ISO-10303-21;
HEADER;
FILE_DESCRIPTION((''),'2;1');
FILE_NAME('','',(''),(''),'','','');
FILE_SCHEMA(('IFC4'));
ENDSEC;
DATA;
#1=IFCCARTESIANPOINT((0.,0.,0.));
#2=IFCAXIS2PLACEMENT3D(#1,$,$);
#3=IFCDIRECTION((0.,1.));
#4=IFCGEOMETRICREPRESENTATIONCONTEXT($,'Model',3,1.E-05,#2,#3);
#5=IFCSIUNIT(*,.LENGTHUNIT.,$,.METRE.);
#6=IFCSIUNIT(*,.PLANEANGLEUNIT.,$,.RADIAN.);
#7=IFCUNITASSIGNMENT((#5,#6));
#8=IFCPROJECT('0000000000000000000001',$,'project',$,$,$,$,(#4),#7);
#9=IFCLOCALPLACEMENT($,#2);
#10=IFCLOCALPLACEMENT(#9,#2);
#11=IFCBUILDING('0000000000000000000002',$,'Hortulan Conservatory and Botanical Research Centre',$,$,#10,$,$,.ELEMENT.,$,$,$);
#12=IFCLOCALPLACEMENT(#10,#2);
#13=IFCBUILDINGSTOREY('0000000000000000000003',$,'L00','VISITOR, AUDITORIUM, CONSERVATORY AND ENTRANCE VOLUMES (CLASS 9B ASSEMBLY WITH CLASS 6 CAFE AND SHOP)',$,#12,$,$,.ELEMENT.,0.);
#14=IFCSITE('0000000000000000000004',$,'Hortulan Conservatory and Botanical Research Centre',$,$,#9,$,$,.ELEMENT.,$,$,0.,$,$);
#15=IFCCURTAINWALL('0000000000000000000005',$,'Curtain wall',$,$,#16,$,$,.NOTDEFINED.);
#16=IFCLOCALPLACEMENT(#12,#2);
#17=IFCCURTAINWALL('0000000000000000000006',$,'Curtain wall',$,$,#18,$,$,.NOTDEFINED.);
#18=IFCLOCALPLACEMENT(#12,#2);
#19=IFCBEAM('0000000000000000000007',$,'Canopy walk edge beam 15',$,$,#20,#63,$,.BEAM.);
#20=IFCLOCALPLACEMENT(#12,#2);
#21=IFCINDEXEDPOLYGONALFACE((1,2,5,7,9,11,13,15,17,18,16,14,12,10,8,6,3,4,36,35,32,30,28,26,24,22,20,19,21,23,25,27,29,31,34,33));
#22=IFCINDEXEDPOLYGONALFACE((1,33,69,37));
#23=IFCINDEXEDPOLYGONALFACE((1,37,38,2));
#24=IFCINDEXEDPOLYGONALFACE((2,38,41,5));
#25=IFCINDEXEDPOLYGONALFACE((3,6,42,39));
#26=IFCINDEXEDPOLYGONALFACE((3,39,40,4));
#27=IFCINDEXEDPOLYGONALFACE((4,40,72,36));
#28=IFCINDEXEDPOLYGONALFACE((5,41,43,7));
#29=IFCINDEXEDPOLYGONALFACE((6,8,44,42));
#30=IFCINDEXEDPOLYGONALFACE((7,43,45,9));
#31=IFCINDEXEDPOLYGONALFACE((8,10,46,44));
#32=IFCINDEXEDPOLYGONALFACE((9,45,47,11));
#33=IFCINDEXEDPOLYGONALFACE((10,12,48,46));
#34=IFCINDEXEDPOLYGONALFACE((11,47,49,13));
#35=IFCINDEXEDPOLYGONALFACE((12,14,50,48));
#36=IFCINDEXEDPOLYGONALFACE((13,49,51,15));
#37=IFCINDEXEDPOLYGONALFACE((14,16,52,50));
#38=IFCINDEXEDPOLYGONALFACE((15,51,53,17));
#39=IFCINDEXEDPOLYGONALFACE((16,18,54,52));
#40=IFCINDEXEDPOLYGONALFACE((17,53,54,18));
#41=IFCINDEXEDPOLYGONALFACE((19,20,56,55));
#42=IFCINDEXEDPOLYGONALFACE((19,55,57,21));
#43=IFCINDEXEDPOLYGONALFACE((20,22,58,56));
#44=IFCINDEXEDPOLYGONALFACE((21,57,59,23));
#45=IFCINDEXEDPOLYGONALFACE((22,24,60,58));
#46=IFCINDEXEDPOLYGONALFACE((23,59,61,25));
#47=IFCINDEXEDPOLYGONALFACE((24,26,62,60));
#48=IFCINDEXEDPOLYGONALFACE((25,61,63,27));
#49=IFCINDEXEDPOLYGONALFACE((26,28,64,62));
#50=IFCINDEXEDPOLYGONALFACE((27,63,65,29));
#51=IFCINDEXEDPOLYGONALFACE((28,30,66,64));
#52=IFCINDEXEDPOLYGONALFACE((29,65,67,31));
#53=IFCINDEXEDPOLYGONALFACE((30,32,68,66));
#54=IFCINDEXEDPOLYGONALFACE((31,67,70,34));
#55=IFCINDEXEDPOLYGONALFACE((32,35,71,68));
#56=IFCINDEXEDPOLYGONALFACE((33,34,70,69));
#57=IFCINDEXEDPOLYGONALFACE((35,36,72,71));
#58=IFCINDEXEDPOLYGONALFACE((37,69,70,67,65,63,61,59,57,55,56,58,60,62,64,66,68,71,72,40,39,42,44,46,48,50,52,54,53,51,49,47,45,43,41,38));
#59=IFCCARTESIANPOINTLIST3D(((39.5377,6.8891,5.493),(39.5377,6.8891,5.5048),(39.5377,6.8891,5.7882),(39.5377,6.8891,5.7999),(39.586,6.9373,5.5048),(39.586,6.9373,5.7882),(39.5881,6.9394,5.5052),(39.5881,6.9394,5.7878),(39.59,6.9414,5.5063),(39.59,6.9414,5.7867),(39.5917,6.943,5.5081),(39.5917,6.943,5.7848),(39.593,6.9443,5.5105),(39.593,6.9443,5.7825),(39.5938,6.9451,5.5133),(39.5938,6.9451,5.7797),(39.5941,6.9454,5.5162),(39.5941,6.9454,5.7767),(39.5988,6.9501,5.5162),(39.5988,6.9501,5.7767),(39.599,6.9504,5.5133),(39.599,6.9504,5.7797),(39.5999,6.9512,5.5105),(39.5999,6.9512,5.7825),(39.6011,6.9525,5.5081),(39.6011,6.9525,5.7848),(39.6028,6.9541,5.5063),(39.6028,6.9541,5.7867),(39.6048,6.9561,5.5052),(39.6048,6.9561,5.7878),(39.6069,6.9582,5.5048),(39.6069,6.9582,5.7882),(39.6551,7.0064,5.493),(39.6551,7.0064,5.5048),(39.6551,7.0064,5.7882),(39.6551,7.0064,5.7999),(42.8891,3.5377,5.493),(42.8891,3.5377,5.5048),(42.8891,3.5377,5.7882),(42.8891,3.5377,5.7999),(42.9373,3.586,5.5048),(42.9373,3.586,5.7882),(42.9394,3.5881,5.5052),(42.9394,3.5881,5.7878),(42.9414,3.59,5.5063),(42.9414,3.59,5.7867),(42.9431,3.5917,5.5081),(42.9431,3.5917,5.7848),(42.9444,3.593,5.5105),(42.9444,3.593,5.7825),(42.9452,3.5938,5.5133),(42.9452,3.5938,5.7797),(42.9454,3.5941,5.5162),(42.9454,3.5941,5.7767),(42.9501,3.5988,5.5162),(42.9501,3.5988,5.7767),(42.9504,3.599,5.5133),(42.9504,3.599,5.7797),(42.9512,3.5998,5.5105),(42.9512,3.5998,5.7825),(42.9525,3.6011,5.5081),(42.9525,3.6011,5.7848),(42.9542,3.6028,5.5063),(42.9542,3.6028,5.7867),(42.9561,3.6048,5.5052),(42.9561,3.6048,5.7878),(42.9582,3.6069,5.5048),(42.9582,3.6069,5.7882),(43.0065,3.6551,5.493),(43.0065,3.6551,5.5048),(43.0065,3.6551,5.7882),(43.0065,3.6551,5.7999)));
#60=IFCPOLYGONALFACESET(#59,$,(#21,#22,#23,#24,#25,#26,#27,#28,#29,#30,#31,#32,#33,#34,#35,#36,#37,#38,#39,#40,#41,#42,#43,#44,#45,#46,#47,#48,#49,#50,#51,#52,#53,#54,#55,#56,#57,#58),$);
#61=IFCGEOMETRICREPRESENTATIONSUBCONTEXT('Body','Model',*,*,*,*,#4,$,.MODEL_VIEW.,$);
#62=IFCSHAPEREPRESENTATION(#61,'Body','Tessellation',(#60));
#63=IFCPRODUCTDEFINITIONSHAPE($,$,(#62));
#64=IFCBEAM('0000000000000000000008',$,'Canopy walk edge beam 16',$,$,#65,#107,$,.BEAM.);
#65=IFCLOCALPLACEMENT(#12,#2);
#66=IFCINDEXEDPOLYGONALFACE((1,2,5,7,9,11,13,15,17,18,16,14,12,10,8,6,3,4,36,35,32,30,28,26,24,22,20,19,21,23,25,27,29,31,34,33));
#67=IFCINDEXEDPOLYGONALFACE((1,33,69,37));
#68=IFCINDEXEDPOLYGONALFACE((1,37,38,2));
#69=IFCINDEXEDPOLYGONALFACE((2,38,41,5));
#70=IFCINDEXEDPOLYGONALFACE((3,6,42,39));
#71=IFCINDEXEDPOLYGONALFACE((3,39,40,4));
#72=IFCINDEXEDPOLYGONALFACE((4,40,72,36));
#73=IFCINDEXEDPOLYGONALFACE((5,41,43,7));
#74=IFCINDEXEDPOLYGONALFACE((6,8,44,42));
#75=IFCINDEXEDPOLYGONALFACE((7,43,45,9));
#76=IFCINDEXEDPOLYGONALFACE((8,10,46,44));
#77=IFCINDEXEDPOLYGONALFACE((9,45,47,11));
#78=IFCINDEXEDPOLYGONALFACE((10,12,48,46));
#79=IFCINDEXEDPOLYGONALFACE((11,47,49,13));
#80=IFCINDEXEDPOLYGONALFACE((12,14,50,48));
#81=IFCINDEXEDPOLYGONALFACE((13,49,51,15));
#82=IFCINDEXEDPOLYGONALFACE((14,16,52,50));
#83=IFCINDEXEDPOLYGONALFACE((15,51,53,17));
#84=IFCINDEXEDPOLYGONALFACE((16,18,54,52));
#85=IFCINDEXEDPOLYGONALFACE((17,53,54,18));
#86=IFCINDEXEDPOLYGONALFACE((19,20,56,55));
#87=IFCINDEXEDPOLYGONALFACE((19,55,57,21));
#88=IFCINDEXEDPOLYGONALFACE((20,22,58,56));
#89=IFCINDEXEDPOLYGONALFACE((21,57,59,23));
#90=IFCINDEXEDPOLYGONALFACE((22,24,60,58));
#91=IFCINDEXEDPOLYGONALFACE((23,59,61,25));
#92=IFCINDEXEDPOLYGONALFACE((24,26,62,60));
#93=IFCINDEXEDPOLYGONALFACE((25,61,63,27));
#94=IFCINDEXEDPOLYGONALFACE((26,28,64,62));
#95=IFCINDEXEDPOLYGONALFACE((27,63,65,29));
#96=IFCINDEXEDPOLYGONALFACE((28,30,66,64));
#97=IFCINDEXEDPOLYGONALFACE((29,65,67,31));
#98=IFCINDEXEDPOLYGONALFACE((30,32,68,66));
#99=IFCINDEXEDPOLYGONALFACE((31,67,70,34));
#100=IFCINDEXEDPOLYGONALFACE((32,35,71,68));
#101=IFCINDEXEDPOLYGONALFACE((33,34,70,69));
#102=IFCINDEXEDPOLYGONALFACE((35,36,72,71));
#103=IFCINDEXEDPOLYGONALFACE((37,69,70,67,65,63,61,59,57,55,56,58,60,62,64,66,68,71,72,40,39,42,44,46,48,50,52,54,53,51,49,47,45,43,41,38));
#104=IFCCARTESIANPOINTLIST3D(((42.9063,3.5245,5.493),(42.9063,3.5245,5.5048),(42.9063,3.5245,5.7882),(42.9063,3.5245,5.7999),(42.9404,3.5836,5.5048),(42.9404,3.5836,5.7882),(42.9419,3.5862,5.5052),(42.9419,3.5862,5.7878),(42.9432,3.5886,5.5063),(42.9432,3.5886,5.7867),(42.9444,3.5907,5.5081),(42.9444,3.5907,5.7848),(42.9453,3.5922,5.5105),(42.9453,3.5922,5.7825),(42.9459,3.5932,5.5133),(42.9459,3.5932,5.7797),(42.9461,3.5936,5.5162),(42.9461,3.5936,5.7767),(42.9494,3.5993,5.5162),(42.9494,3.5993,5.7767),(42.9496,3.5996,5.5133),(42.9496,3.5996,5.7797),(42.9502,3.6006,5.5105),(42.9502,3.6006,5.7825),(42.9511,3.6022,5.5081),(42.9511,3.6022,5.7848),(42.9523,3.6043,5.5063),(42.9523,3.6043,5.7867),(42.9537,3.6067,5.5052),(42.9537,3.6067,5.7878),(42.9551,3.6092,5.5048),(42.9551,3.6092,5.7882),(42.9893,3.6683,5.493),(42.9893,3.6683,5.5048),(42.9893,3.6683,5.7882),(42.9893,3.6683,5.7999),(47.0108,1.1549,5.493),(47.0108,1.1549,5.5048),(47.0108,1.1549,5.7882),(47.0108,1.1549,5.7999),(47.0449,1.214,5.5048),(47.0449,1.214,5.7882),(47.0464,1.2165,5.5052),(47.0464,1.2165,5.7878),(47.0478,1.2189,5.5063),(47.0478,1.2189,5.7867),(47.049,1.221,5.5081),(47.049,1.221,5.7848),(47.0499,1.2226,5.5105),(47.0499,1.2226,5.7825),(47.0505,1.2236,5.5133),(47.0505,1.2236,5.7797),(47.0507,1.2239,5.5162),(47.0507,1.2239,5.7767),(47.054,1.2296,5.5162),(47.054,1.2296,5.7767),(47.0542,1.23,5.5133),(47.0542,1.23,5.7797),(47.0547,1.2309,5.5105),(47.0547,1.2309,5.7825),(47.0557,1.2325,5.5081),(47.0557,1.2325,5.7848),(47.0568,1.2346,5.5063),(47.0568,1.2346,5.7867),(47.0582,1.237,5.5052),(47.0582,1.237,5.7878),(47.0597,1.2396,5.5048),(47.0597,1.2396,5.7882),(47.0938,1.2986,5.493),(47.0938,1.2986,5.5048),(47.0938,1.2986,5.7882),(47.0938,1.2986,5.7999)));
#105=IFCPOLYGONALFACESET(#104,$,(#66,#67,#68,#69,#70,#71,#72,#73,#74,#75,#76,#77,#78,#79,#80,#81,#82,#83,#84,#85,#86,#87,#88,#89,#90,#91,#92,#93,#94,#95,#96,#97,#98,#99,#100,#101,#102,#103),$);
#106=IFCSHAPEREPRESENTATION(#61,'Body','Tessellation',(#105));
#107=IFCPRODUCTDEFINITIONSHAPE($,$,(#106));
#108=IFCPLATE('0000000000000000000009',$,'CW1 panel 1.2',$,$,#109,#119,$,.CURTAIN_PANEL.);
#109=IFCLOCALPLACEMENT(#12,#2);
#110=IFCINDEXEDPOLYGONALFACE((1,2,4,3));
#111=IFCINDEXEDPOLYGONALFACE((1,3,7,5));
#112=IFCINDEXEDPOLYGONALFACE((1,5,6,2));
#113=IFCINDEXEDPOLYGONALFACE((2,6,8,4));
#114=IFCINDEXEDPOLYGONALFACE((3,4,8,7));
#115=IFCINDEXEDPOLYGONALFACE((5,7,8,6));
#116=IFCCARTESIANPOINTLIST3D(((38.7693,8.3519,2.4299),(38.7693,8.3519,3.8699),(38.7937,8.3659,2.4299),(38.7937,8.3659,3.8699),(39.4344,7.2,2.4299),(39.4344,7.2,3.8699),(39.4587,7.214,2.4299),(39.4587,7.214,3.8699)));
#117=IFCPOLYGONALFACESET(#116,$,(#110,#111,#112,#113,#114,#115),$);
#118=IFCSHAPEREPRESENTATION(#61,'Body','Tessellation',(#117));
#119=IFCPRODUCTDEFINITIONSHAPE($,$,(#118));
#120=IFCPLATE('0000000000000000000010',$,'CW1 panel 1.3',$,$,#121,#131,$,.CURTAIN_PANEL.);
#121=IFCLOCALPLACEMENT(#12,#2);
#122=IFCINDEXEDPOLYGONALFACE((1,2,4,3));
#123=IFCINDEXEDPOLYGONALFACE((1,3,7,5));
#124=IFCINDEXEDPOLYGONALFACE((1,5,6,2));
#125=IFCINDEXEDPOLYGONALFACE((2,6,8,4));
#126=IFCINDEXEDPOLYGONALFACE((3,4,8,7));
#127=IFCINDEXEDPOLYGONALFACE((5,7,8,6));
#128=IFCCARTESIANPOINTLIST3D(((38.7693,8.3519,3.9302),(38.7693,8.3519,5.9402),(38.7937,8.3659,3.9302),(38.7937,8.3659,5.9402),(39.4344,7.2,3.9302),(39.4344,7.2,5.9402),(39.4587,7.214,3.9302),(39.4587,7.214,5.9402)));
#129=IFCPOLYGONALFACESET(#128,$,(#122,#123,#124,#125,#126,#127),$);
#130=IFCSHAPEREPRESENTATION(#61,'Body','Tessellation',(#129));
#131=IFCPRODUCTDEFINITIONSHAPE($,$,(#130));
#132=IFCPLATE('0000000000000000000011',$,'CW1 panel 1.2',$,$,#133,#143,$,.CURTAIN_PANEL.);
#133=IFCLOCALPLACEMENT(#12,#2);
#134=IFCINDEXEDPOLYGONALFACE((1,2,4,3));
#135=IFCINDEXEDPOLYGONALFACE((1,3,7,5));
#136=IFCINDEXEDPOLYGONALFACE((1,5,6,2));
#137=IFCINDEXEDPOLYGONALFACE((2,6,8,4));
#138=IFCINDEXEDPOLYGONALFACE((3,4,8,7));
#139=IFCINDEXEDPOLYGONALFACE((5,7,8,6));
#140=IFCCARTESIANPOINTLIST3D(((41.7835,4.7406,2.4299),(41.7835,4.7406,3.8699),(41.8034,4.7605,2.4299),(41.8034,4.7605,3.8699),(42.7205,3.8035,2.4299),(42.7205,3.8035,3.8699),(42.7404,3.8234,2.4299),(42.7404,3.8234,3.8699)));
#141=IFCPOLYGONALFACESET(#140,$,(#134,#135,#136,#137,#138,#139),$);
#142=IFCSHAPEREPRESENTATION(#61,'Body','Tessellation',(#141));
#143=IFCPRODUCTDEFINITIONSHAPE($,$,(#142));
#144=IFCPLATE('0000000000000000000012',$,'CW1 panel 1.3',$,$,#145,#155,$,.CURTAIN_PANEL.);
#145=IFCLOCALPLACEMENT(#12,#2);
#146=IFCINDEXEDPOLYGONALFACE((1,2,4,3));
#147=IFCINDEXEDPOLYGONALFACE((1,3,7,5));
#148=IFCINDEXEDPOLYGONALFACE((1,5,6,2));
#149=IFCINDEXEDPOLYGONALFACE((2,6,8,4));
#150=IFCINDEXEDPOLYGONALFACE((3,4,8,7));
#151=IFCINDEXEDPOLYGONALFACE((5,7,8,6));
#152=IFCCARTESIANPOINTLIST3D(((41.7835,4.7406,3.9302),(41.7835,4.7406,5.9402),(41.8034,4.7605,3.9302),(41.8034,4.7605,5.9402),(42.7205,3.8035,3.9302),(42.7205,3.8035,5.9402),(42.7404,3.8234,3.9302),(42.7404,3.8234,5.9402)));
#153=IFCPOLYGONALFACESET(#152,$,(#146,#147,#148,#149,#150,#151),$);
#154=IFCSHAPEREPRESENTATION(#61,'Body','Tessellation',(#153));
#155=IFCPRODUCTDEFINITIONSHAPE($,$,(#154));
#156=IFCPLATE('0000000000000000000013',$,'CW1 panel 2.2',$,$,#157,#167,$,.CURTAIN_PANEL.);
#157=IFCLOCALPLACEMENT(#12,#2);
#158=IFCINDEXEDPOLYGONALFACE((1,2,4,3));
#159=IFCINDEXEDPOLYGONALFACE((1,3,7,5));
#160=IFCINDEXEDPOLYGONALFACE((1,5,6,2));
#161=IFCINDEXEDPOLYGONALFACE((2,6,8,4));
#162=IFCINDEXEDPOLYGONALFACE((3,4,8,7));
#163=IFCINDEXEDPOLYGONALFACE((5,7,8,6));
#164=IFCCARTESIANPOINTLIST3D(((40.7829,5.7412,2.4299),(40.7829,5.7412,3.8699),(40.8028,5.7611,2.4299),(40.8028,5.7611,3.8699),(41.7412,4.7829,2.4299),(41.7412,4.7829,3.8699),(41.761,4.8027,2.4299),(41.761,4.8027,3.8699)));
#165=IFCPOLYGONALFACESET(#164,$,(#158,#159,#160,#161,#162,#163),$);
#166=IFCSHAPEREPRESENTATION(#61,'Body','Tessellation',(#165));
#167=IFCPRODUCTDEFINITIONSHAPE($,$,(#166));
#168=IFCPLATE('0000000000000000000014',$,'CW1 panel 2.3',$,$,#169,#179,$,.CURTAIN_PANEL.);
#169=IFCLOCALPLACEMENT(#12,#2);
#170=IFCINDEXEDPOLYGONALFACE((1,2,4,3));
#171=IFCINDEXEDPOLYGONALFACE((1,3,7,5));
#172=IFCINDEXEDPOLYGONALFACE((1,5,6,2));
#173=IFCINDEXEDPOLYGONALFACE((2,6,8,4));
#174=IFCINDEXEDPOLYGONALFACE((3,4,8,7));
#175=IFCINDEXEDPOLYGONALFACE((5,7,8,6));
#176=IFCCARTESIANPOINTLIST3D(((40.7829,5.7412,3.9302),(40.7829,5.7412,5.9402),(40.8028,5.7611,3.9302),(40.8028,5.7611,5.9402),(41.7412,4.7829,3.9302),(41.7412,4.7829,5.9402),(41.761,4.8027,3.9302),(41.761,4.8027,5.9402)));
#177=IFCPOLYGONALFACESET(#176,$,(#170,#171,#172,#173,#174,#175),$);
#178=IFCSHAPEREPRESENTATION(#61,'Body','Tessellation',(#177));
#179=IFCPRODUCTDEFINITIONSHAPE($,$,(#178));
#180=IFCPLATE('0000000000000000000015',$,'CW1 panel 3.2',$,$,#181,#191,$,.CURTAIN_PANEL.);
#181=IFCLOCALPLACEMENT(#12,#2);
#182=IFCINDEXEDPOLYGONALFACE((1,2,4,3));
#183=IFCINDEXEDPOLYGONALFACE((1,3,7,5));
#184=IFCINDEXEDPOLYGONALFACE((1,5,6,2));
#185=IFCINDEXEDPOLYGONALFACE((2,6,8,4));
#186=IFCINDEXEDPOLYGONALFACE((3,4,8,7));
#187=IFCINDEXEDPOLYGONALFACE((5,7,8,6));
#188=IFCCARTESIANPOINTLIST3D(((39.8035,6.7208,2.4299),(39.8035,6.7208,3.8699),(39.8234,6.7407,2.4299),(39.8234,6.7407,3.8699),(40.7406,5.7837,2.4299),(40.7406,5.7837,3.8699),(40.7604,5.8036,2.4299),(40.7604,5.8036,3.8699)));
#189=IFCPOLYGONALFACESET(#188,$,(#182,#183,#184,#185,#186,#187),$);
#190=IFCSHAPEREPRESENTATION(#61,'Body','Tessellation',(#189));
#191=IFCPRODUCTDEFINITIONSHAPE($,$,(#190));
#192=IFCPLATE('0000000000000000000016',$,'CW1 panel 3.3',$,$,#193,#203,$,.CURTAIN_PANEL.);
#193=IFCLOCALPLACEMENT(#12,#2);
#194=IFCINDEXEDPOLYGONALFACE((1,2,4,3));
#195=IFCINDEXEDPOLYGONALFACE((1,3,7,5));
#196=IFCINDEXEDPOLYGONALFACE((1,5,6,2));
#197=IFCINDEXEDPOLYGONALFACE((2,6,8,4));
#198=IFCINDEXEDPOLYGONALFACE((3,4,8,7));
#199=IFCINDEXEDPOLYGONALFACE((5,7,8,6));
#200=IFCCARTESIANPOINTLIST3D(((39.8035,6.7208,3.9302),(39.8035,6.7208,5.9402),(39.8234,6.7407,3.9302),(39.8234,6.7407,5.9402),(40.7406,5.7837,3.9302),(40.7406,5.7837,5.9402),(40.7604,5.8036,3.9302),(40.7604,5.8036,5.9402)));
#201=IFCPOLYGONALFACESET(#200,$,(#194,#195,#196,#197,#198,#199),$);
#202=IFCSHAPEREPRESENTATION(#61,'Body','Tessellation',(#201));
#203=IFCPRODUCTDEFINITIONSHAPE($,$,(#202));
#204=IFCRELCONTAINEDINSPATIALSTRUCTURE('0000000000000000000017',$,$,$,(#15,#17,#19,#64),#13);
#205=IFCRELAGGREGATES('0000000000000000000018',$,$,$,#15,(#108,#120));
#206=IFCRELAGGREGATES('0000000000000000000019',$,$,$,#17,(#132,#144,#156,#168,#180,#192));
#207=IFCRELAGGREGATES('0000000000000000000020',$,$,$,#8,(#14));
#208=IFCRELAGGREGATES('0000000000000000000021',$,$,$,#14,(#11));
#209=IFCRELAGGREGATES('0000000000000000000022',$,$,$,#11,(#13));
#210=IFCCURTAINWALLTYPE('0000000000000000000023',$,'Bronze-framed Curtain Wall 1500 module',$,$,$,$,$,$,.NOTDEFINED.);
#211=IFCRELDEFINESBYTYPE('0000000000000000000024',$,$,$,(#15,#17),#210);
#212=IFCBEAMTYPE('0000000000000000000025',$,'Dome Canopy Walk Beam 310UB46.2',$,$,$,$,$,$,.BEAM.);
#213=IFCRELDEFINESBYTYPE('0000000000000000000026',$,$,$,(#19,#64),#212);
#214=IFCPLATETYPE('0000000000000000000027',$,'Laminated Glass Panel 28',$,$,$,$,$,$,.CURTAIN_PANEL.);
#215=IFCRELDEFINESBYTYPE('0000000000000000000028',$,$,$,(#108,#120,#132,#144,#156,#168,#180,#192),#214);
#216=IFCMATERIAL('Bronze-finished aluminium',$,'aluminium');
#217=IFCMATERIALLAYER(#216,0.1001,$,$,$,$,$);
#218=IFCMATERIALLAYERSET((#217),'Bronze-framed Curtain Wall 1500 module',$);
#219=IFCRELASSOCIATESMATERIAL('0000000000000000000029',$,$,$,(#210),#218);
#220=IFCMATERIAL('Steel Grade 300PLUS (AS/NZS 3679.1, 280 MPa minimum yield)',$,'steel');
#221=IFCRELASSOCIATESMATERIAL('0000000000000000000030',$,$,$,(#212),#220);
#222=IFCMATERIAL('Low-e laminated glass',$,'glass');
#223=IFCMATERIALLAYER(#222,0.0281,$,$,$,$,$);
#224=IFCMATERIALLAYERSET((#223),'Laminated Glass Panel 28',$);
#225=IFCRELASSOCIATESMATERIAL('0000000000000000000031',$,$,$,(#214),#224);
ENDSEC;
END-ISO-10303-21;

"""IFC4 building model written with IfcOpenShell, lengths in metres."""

from ifc_helpers import new_model, si_unit, direction, frame, origin, origin_2d, place, context, subcontext, project, spatial, rectangle, i_section, extrude, material, layer, layer_set, material_profile, profile_set, type_object, element, aggregate, save


model = new_model("IFC4")

# Units and contexts
model_context = context("Model", 3, precision=1e-05, world=origin(), true_north=direction((0.0, 1.0)))
body_context = subcontext(model_context, "Body", "Model", "MODEL_VIEW")
ifc_project = project(units=[si_unit("LENGTHUNIT", "METRE"), si_unit("PLANEANGLEUNIT", "RADIAN")], contexts=[model_context])

# Site, building, storey
site_placement = place(None, origin())
site = spatial("IfcSite", under=ifc_project, at=site_placement, Name="Hortulan Conservatory and Botanical Research Centre", CompositionType="ELEMENT", RefElevation=0.0)
building_placement = place(site_placement, origin())
building = spatial("IfcBuilding", under=site, at=building_placement, Name="Hortulan Conservatory and Botanical Research Centre", CompositionType="ELEMENT")
storey_placement = place(building_placement, origin())
storey = spatial("IfcBuildingStorey", under=building, at=storey_placement, Name="L00", Description="VISITOR, AUDITORIUM, CONSERVATORY AND ENTRANCE VOLUMES (CLASS 9B ASSEMBLY WITH CLASS 6 CAFE AND SHOP)", CompositionType="ELEMENT", Elevation=0.0)

# Curtain walls
ifc_material_1 = material(Name="Bronze-finished aluminium", Category="aluminium")
ifc_layer_1 = layer(ifc_material_1, 0.1001)
ifc_layer_set_1 = layer_set([ifc_layer_1], Name="Bronze-framed Curtain Wall 1500 module")
curtain_wall_type = type_object("IfcCurtainWallType", Name="Bronze-framed Curtain Wall 1500 module", PredefinedType="NOTDEFINED", material=ifc_layer_set_1)
curtain_wall_1_placement = place(storey_placement, origin())
curtain_wall_1 = element("IfcCurtainWall", 1, at=curtain_wall_1_placement, inside=storey, type_object=curtain_wall_type, Name="Curtain wall", PredefinedType="NOTDEFINED")
curtain_wall_2_placement = place(storey_placement, origin())
curtain_wall_2 = element("IfcCurtainWall", 2, at=curtain_wall_2_placement, inside=storey, type_object=curtain_wall_type, Name="Curtain wall", PredefinedType="NOTDEFINED")

# Beams
ifc_material_2 = material(Name="Steel Grade 300PLUS (AS/NZS 3679.1, 280 MPa minimum yield)", Category="steel")
ifc_material_profile_1 = material_profile(ifc_material_2, i_section(OverallWidth=0.166, OverallDepth=0.3069, WebThickness=0.0066, FlangeThickness=0.0117, FilletRadius=0.0115, at=origin_2d()), Name="310UB46.2")
ifc_profile_set_1 = profile_set([ifc_material_profile_1], Name="Steel Grade 300PLUS (AS/NZS 3679.1, 280 MPa minimum yield)")
beam_type = type_object("IfcBeamType", Name="Dome Canopy Walk Beam 310UB46.2", PredefinedType="BEAM", material=ifc_profile_set_1)
for number, where, z_axis, x_axis, name in (
    (3, (39.5964, 6.9478, 5.6465), (0.707107, -0.707107, 0.0), (0.707107, 0.707107, 0.0), "Canopy walk edge beam 15"),
    (4, (42.9478, 3.5964, 5.6465), (0.866035, -0.499984, 0.0), (0.499984, 0.866035, 0.0), "Canopy walk edge beam 16"),
):
    element("IfcBeam", number, at=place(storey_placement, frame(where, z_axis=z_axis, x_axis=x_axis)), inside=storey, type_object=beam_type, Name=name, PredefinedType="BEAM", context=body_context, shape_type="SweptSolid", body=[
        extrude(i_section(OverallWidth=0.166, OverallDepth=0.3069, WebThickness=0.0066, FlangeThickness=0.0117, FilletRadius=0.0115, at=origin_2d()), origin(), (0.0, 0.0, 1.0), 4.7395),
    ])

# Plates
ifc_material_3 = material(Name="Low-e laminated glass", Category="glass")
ifc_layer_2 = layer(ifc_material_3, 0.0281)
ifc_layer_set_2 = layer_set([ifc_layer_2], Name="Laminated Glass Panel 28")
plate_type = type_object("IfcPlateType", Name="Laminated Glass Panel 28", PredefinedType="CURTAIN_PANEL", material=ifc_layer_set_2)
plate_1_placement = place(storey_placement, frame((39.114, 7.783, 2.4299), z_axis=(0.0, 0.0, 1.0), x_axis=(-0.499981, 0.866036, 0.0)))
plate_1 = element("IfcPlate", 5, at=plate_1_placement, type_object=plate_type, Name="CW1 panel 1.2", PredefinedType="CURTAIN_PANEL", context=body_context, shape_type="SweptSolid", body=[
    extrude(rectangle(XDim=1.3301, YDim=0.0281, at=origin_2d()), origin(), (0.0, 0.0, 1.0), 1.4399),
])
plate_2_placement = place(storey_placement, frame((39.114, 7.783, 3.9302), z_axis=(0.0, 0.0, 1.0), x_axis=(-0.499981, 0.866036, 0.0)))
plate_2 = element("IfcPlate", 6, at=plate_2_placement, type_object=plate_type, Name="CW1 panel 1.3", PredefinedType="CURTAIN_PANEL", context=body_context, shape_type="SweptSolid", body=[
    extrude(rectangle(XDim=1.3301, YDim=0.0281, at=origin_2d()), origin(), (0.0, 0.0, 1.0), 2.01),
])
aggregate(curtain_wall_1, [plate_1, plate_2])
plate_3_placement = place(storey_placement, frame((42.262, 4.282, 2.4299), z_axis=(0.0, 0.0, 1.0), x_axis=(-0.707083, 0.70713, 0.0)))
plate_3 = element("IfcPlate", 7, at=plate_3_placement, type_object=plate_type, Name="CW1 panel 1.2", PredefinedType="CURTAIN_PANEL", context=body_context, shape_type="SweptSolid", body=[
    extrude(rectangle(XDim=1.3252, YDim=0.0281, at=origin_2d()), origin(), (0.0, 0.0, 1.0), 1.4399),
])
plate_4_placement = place(storey_placement, frame((42.262, 4.282, 3.9302), z_axis=(0.0, 0.0, 1.0), x_axis=(-0.707083, 0.70713, 0.0)))
plate_4 = element("IfcPlate", 8, at=plate_4_placement, type_object=plate_type, Name="CW1 panel 1.3", PredefinedType="CURTAIN_PANEL", context=body_context, shape_type="SweptSolid", body=[
    extrude(rectangle(XDim=1.3252, YDim=0.0281, at=origin_2d()), origin(), (0.0, 0.0, 1.0), 2.01),
])
plate_5_placement = place(storey_placement, frame((41.272, 5.272, 2.4299), z_axis=(0.0, 0.0, 1.0), x_axis=(-0.707083, 0.70713, 0.0)))
plate_5 = element("IfcPlate", 9, at=plate_5_placement, type_object=plate_type, Name="CW1 panel 2.2", PredefinedType="CURTAIN_PANEL", context=body_context, shape_type="SweptSolid", body=[
    extrude(rectangle(XDim=1.3552, YDim=0.0281, at=origin_2d()), origin(), (0.0, 0.0, 1.0), 1.4399),
])
plate_6_placement = place(storey_placement, frame((41.272, 5.272, 3.9302), z_axis=(0.0, 0.0, 1.0), x_axis=(-0.707083, 0.70713, 0.0)))
plate_6 = element("IfcPlate", 10, at=plate_6_placement, type_object=plate_type, Name="CW1 panel 2.3", PredefinedType="CURTAIN_PANEL", context=body_context, shape_type="SweptSolid", body=[
    extrude(rectangle(XDim=1.3552, YDim=0.0281, at=origin_2d()), origin(), (0.0, 0.0, 1.0), 2.01),
])
plate_7_placement = place(storey_placement, frame((40.282, 6.2622, 2.4299), z_axis=(0.0, 0.0, 1.0), x_axis=(-0.707083, 0.70713, 0.0)))
plate_7 = element("IfcPlate", 11, at=plate_7_placement, type_object=plate_type, Name="CW1 panel 3.2", PredefinedType="CURTAIN_PANEL", context=body_context, shape_type="SweptSolid", body=[
    extrude(rectangle(XDim=1.3252, YDim=0.0281, at=origin_2d()), origin(), (0.0, 0.0, 1.0), 1.4399),
])
plate_8_placement = place(storey_placement, frame((40.282, 6.2622, 3.9302), z_axis=(0.0, 0.0, 1.0), x_axis=(-0.707083, 0.70713, 0.0)))
plate_8 = element("IfcPlate", 12, at=plate_8_placement, type_object=plate_type, Name="CW1 panel 3.3", PredefinedType="CURTAIN_PANEL", context=body_context, shape_type="SweptSolid", body=[
    extrude(rectangle(XDim=1.3252, YDim=0.0281, at=origin_2d()), origin(), (0.0, 0.0, 1.0), 2.01),
])
aggregate(curtain_wall_2, [plate_3, plate_4, plate_5, plate_6, plate_7, plate_8])

save(model, "model.ifc")
